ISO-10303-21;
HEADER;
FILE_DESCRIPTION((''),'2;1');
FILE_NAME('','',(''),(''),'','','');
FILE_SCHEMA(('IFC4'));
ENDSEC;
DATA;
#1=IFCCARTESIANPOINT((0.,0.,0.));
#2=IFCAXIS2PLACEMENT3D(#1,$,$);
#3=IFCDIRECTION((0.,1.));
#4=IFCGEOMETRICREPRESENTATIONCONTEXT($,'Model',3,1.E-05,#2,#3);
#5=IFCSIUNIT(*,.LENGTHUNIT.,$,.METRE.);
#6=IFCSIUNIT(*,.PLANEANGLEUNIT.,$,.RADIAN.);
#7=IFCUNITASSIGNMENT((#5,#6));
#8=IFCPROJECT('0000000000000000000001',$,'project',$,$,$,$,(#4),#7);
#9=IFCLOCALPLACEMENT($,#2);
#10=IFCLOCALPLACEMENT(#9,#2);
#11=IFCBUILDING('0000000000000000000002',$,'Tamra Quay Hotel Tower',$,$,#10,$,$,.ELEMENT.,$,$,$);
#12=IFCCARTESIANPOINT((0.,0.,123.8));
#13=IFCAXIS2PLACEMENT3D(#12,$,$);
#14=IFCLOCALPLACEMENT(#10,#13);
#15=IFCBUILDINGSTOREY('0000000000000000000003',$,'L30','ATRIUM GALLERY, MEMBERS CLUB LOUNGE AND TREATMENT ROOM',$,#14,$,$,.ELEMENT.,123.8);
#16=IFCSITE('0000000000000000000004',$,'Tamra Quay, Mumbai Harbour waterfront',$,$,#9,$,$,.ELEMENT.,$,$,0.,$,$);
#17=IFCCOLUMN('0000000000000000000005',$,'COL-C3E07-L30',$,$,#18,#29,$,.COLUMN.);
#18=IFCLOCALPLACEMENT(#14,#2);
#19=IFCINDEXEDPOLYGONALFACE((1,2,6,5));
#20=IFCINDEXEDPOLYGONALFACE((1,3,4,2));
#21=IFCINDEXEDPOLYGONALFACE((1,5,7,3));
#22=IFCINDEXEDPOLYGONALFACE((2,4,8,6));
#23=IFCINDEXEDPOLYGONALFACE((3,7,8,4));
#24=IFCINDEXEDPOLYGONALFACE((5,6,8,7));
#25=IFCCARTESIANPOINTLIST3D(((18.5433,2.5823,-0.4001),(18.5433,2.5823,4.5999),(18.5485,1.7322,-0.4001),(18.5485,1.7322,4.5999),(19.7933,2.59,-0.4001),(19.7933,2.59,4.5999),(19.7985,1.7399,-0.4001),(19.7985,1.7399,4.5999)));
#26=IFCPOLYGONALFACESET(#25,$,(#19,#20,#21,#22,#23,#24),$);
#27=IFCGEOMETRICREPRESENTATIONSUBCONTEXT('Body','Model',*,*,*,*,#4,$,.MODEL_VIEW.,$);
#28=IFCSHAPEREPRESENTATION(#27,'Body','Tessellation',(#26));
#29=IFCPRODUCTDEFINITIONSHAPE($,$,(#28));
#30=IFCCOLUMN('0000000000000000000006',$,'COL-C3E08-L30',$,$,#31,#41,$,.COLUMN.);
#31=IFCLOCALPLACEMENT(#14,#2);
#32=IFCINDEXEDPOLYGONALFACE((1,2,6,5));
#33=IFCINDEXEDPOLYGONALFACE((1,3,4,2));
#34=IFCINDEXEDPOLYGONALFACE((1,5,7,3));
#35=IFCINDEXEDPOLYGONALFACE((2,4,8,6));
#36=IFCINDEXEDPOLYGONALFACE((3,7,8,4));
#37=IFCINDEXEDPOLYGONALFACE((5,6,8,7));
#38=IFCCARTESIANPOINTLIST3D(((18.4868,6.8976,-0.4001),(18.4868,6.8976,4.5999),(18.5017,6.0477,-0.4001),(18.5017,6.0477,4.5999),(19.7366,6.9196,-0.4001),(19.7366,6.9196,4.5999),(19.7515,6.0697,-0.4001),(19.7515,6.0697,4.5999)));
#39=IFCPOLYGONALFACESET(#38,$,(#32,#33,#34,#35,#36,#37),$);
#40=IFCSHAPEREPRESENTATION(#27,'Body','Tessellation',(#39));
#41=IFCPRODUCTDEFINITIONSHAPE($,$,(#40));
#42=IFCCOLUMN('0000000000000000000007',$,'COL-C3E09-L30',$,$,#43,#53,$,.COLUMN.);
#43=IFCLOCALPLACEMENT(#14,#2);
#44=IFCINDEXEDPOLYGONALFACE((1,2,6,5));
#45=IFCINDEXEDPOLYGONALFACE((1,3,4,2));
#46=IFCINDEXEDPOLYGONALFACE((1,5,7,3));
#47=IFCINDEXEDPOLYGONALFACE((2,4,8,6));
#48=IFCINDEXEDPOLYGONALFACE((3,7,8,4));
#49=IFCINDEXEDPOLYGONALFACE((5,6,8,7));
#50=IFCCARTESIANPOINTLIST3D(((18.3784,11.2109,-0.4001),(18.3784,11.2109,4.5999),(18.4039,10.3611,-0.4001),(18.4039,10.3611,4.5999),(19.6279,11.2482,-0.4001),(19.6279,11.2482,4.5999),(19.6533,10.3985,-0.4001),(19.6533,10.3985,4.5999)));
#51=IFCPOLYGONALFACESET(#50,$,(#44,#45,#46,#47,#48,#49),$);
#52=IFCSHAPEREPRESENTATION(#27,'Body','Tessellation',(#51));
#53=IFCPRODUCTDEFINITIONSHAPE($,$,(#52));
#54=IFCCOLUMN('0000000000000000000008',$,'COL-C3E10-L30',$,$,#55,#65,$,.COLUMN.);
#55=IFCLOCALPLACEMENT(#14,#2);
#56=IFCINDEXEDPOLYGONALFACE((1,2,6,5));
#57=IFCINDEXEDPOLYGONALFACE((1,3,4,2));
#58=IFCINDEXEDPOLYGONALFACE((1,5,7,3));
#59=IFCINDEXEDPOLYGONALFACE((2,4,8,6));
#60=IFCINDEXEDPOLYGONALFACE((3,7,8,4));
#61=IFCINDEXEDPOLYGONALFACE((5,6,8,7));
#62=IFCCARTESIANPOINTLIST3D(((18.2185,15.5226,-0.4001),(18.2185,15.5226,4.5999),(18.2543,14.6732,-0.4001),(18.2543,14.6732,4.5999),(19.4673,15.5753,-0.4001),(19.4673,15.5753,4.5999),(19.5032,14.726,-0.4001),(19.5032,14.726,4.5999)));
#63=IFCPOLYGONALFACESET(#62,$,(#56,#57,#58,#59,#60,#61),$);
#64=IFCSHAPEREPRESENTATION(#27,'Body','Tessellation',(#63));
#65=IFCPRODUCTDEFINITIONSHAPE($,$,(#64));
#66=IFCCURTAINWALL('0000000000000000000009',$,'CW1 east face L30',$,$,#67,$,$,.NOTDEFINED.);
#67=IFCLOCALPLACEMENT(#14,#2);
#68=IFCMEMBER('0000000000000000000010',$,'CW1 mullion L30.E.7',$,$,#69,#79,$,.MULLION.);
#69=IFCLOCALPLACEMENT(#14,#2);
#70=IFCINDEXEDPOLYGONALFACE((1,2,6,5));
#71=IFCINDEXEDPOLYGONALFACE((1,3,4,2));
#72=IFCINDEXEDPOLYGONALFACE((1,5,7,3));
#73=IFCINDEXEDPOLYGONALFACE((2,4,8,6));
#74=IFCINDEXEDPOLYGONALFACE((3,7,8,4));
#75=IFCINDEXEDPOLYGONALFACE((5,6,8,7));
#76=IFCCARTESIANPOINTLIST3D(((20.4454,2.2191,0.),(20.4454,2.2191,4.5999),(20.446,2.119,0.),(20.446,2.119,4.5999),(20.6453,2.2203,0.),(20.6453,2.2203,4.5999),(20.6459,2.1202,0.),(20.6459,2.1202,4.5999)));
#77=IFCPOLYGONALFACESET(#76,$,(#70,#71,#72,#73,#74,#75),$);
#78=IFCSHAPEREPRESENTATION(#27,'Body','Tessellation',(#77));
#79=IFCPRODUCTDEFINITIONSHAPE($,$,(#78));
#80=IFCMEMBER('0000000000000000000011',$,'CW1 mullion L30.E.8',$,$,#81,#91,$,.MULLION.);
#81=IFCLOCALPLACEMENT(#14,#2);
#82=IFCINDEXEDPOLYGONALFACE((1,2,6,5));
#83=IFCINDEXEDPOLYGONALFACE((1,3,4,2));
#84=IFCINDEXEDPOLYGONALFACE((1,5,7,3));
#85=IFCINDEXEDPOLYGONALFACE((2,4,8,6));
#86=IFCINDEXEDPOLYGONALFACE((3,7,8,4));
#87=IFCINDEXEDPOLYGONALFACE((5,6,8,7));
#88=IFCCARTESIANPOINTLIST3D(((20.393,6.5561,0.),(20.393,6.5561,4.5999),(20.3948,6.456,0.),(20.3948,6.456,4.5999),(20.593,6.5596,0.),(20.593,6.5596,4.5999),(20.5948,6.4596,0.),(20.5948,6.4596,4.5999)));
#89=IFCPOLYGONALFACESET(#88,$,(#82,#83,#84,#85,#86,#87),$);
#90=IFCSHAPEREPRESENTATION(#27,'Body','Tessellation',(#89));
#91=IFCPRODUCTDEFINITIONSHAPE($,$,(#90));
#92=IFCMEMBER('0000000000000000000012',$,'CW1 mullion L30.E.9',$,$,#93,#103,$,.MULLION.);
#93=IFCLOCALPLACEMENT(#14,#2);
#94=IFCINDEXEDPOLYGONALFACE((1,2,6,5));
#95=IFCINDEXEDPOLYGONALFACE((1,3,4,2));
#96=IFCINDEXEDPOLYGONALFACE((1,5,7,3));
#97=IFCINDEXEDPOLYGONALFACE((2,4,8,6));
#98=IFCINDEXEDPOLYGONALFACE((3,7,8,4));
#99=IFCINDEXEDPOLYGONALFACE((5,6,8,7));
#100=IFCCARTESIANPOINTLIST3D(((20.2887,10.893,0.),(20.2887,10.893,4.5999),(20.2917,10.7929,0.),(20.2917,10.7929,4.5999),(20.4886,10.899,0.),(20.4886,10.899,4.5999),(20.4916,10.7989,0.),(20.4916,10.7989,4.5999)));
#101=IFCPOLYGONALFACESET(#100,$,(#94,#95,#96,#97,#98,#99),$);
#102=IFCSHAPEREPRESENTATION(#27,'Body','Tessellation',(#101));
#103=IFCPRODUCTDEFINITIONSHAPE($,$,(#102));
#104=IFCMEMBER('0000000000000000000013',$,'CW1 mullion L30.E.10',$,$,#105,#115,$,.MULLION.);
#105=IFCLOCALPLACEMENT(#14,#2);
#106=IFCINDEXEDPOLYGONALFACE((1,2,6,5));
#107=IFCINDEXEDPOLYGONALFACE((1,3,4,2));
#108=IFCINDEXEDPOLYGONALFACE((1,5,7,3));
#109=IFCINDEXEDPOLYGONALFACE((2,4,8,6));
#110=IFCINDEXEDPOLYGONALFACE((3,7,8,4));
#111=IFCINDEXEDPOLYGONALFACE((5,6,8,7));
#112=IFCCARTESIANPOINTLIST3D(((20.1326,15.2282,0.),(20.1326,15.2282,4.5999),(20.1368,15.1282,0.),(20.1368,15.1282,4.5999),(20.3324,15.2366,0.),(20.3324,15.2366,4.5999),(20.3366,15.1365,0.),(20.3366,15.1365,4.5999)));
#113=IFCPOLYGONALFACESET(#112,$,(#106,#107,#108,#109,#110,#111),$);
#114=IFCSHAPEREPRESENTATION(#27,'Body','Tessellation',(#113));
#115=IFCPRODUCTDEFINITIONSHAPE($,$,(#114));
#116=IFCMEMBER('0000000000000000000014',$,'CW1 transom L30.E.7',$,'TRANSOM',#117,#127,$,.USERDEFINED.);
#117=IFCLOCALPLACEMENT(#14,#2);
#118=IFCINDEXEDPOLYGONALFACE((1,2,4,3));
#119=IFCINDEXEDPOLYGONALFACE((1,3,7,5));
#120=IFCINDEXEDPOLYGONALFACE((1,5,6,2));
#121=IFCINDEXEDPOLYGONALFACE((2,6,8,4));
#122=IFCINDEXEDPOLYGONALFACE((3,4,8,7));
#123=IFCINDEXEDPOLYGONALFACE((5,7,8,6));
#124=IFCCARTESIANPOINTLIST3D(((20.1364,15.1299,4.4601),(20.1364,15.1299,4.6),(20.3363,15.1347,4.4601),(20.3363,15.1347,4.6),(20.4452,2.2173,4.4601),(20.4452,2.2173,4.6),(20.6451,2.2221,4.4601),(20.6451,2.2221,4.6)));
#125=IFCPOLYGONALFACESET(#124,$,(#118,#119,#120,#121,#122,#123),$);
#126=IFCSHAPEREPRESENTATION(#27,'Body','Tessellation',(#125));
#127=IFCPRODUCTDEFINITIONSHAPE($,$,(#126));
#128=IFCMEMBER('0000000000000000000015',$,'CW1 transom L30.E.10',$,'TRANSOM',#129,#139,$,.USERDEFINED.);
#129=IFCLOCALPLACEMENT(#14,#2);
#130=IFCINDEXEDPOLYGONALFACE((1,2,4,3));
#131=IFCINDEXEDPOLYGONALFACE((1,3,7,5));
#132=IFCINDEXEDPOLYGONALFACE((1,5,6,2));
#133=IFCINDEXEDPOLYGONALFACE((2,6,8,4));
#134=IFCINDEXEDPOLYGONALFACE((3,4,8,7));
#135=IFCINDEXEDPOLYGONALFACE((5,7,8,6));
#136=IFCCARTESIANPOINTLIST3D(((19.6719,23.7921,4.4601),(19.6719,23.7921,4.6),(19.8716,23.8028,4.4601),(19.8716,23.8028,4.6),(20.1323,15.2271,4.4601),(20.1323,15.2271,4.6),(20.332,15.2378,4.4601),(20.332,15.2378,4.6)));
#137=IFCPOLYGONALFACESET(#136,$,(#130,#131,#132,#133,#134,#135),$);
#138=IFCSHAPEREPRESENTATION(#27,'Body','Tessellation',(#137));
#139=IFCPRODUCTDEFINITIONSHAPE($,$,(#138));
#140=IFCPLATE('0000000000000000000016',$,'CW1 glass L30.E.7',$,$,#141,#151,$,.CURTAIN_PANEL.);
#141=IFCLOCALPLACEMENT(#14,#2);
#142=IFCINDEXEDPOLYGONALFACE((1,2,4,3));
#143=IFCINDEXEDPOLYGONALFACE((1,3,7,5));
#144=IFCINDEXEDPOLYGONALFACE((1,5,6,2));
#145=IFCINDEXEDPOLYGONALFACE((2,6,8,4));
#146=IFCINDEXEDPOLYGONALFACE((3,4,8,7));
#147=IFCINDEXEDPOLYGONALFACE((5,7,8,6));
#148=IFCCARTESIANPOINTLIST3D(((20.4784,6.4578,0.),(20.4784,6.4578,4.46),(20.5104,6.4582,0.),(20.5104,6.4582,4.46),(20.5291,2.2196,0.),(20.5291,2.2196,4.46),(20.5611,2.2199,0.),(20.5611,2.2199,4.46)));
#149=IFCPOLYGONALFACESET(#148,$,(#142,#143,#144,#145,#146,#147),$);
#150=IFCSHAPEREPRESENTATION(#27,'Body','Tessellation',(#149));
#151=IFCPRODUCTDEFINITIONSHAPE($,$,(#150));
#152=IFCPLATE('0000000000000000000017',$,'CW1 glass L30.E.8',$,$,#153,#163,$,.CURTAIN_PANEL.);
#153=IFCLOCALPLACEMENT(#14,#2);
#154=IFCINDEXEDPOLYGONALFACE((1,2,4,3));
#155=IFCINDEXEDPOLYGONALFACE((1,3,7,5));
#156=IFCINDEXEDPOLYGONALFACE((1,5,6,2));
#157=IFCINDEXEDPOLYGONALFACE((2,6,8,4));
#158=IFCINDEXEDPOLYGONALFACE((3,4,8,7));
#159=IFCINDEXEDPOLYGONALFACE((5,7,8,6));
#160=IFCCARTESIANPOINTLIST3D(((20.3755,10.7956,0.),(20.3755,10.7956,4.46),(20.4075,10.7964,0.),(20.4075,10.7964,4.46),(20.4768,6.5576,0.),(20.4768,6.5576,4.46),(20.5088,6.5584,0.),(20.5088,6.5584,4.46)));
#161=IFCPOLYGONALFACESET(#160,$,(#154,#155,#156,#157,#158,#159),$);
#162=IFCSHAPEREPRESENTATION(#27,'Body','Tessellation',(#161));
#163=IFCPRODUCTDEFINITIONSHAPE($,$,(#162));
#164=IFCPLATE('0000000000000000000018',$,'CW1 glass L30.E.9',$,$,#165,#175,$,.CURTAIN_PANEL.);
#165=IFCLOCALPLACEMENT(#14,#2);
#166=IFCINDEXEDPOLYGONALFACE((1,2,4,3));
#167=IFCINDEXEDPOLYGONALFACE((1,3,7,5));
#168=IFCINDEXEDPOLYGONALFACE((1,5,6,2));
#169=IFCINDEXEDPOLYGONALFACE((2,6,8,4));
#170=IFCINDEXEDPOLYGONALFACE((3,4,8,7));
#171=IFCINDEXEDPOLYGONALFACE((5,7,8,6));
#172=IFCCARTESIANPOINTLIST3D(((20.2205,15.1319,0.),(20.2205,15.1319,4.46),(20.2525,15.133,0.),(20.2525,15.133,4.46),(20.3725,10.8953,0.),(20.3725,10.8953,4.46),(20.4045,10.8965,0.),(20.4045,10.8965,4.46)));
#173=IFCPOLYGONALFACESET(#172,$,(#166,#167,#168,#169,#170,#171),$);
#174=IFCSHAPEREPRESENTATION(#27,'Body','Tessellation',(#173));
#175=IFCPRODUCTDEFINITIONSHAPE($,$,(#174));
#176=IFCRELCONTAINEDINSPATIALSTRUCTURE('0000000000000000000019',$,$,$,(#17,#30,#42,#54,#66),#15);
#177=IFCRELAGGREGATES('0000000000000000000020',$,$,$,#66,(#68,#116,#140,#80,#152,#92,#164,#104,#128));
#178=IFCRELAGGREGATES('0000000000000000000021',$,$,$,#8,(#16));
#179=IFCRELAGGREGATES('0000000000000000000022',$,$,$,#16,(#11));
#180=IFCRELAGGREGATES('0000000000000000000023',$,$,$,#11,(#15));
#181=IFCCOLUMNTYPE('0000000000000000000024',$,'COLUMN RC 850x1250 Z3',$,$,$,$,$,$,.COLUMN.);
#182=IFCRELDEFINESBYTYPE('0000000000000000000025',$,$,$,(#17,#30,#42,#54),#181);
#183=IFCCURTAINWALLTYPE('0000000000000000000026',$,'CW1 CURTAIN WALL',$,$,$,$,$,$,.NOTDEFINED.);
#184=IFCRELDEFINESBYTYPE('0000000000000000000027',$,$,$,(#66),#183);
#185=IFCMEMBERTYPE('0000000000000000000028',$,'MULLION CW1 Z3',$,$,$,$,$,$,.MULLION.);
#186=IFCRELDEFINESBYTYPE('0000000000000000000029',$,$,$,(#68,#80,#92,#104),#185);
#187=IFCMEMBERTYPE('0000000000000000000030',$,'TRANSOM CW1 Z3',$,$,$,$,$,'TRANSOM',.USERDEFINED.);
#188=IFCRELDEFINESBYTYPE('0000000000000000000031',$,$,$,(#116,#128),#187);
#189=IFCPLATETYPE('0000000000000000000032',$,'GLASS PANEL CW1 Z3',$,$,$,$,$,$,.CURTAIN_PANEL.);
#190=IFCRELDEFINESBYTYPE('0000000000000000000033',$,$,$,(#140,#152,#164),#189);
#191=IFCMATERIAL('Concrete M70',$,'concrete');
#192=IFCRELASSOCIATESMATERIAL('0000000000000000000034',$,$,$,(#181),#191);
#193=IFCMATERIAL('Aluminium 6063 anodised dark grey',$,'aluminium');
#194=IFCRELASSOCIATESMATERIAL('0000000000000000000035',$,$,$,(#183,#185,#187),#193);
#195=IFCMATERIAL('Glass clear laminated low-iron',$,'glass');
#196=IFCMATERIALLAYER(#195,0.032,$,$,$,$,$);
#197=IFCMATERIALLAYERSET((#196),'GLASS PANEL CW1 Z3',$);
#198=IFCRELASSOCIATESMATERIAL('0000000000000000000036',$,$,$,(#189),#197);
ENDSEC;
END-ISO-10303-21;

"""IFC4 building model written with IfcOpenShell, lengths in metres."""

from ifc_helpers import new_model, si_unit, direction, frame, origin, origin_2d, place, context, subcontext, project, spatial, rectangle, extrude, material, layer, layer_set, material_profile, profile_set, type_object, element, aggregate, save


model = new_model("IFC4")

# Units and contexts
model_context = context("Model", 3, precision=1e-05, world=origin(), true_north=direction((0.0, 1.0)))
body_context = subcontext(model_context, "Body", "Model", "MODEL_VIEW")
ifc_project = project(units=[si_unit("LENGTHUNIT", "METRE"), si_unit("PLANEANGLEUNIT", "RADIAN")], contexts=[model_context])

# Site, building, storey
site_placement = place(None, origin())
site = spatial("IfcSite", under=ifc_project, at=site_placement, Name="Tamra Quay, Mumbai Harbour waterfront", CompositionType="ELEMENT", RefElevation=0.0)
building_placement = place(site_placement, origin())
building = spatial("IfcBuilding", under=site, at=building_placement, Name="Tamra Quay Hotel Tower", CompositionType="ELEMENT")
storey_placement = place(building_placement, frame((0.0, 0.0, 123.8)))
storey = spatial("IfcBuildingStorey", under=building, at=storey_placement, Name="L30", Description="ATRIUM GALLERY, MEMBERS CLUB LOUNGE AND TREATMENT ROOM", CompositionType="ELEMENT", Elevation=123.8)

# Columns
ifc_material_1 = material(Name="Concrete M70", Category="concrete")
ifc_material_profile_1 = material_profile(ifc_material_1, rectangle(XDim=1.25, YDim=0.8501, at=origin_2d()), Name="COLUMN RC 850x1250 Z3")
ifc_profile_set_1 = profile_set([ifc_material_profile_1], Name="Concrete M70")
column_type = type_object("IfcColumnType", Name="COLUMN RC 850x1250 Z3", PredefinedType="COLUMN", material=ifc_profile_set_1)
for number, where, z_axis, x_axis, name in (
    (1, (19.1709, 2.1611, -0.4001), (0.0, 0.0, 1.0), (0.999981, 0.006159, 0.0), "COL-C3E07-L30"),
    (2, (19.1191, 6.4836, -0.4001), (0.0, 0.0, 1.0), (0.999845, 0.017597, 0.0), "COL-C3E08-L30"),
    (3, (19.0159, 10.8047, -0.4001), (0.0, 0.0, 1.0), (0.999553, 0.029907, 0.0), "COL-C3E09-L30"),
    (4, (18.8608, 15.1243, -0.4001), (0.0, 0.0, 1.0), (0.999109, 0.042202, 0.0), "COL-C3E10-L30"),
):
    element("IfcColumn", number, at=place(storey_placement, frame(where, z_axis=z_axis, x_axis=x_axis)), inside=storey, type_object=column_type, Name=name, PredefinedType="COLUMN", context=body_context, shape_type="SweptSolid", body=[
        extrude(rectangle(XDim=1.25, YDim=0.8501, at=origin_2d()), origin(), (0.0, 0.0, 1.0), 5.0),
    ])

# Curtain wall, members, plates
ifc_material_2 = material(Name="Aluminium 6063 anodised dark grey", Category="aluminium")
curtain_wall_type = type_object("IfcCurtainWallType", Name="CW1 CURTAIN WALL", PredefinedType="NOTDEFINED", material=ifc_material_2)
curtain_wall_placement = place(storey_placement, origin())
curtain_wall = element("IfcCurtainWall", 5, at=curtain_wall_placement, inside=storey, type_object=curtain_wall_type, Name="CW1 east face L30", PredefinedType="NOTDEFINED")
ifc_material_profile_2 = material_profile(ifc_material_2, rectangle(XDim=0.2, YDim=0.1001, at=origin_2d()), Name="MULLION 100X200")
ifc_profile_set_2 = profile_set([ifc_material_profile_2], Name="Aluminium 6063 anodised dark grey")
member_type_1 = type_object("IfcMemberType", Name="MULLION CW1 Z3", PredefinedType="MULLION", material=ifc_profile_set_2)
member_1_placement = place(storey_placement, frame((20.5457, 2.1697, 0.0), z_axis=(0.0, 0.0, 1.0), x_axis=(0.999982, 0.005979, 0.0)))
member_1 = element("IfcMember", 6, at=member_1_placement, type_object=member_type_1, Name="CW1 mullion L30.E.7", PredefinedType="MULLION", context=body_context, shape_type="SweptSolid", body=[
    extrude(rectangle(XDim=0.2, YDim=0.1001, at=origin_2d()), origin(), (0.0, 0.0, 1.0), 4.5999),
])
member_2_placement = place(storey_placement, frame((20.4939, 6.5078, 0.0), z_axis=(0.0, 0.0, 1.0), x_axis=(0.999839, 0.017927, 0.0)))
member_2 = element("IfcMember", 7, at=member_2_placement, type_object=member_type_1, Name="CW1 mullion L30.E.8", PredefinedType="MULLION", context=body_context, shape_type="SweptSolid", body=[
    extrude(rectangle(XDim=0.2, YDim=0.1001, at=origin_2d()), origin(), (0.0, 0.0, 1.0), 4.5999),
])
member_3_placement = place(storey_placement, frame((20.3901, 10.8459, 0.0), z_axis=(0.0, 0.0, 1.0), x_axis=(0.999554, 0.029871, 0.0)))
member_3 = element("IfcMember", 8, at=member_3_placement, type_object=member_type_1, Name="CW1 mullion L30.E.9", PredefinedType="MULLION", context=body_context, shape_type="SweptSolid", body=[
    extrude(rectangle(XDim=0.2, YDim=0.1001, at=origin_2d()), origin(), (0.0, 0.0, 1.0), 4.5999),
])
member_4_placement = place(storey_placement, frame((20.2346, 15.1824, 0.0), z_axis=(0.0, 0.0, 1.0), x_axis=(0.999126, 0.041797, 0.0)))
member_4 = element("IfcMember", 9, at=member_4_placement, type_object=member_type_1, Name="CW1 mullion L30.E.10", PredefinedType="MULLION", context=body_context, shape_type="SweptSolid", body=[
    extrude(rectangle(XDim=0.2, YDim=0.1001, at=origin_2d()), origin(), (0.0, 0.0, 1.0), 4.5999),
])
ifc_material_profile_3 = material_profile(ifc_material_2, rectangle(XDim=0.2, YDim=0.1399, at=origin_2d()), Name="TRANSOM 200X140")
ifc_profile_set_3 = profile_set([ifc_material_profile_3], Name="Aluminium 6063 anodised dark grey")
member_type_2 = type_object("IfcMemberType", Name="TRANSOM CW1 Z3", ElementType="TRANSOM", PredefinedType="USERDEFINED", material=ifc_profile_set_3)
member_5_placement = place(storey_placement, frame((20.5452, 2.2197, 4.53), z_axis=(-0.023911, 0.999714, 0.0), x_axis=(-0.999714, -0.023911, 0.0)))
member_5 = element("IfcMember", 10, at=member_5_placement, type_object=member_type_2, Name="CW1 transom L30.E.7", ObjectType="TRANSOM", PredefinedType="USERDEFINED", context=body_context, shape_type="SweptSolid", body=[
    extrude(rectangle(XDim=0.2, YDim=0.1399, at=origin_2d()), origin(), (0.0, 0.0, 1.0), 12.9163),
])
member_6_placement = place(storey_placement, frame((20.2322, 15.2324, 4.53), z_axis=(-0.053682, 0.998558, 0.0), x_axis=(-0.998558, -0.053682, 0.0)))
member_6 = element("IfcMember", 11, at=member_6_placement, type_object=member_type_2, Name="CW1 transom L30.E.10", ObjectType="TRANSOM", PredefinedType="USERDEFINED", context=body_context, shape_type="SweptSolid", body=[
    extrude(rectangle(XDim=0.2, YDim=0.1399, at=origin_2d()), origin(), (0.0, 0.0, 1.0), 8.5774),
])
ifc_material_3 = material(Name="Glass clear laminated low-iron", Category="glass")
ifc_layer_1 = layer(ifc_material_3, 0.032)
ifc_layer_set_1 = layer_set([ifc_layer_1], Name="GLASS PANEL CW1 Z3")
plate_type = type_object("IfcPlateType", Name="GLASS PANEL CW1 Z3", PredefinedType="CURTAIN_PANEL", material=ifc_layer_set_1)
plate_1_placement = place(storey_placement, frame((20.5198, 4.3389, 0.0), z_axis=(0.0, 0.0, 1.0), x_axis=(-0.011957, 0.999929, 0.0)))
plate_1 = element("IfcPlate", 12, at=plate_1_placement, type_object=plate_type, Name="CW1 glass L30.E.7", PredefinedType="CURTAIN_PANEL", context=body_context, shape_type="SweptSolid", body=[
    extrude(rectangle(XDim=4.2385, YDim=0.032, at=origin_2d()), origin(), (0.0, 0.0, 1.0), 4.46),
])
plate_2_placement = place(storey_placement, frame((20.4421, 8.677, 0.0), z_axis=(0.0, 0.0, 1.0), x_axis=(-0.023896, 0.999714, 0.0)))
plate_2 = element("IfcPlate", 13, at=plate_2_placement, type_object=plate_type, Name="CW1 glass L30.E.8", PredefinedType="CURTAIN_PANEL", context=body_context, shape_type="SweptSolid", body=[
    extrude(rectangle(XDim=4.2393, YDim=0.032, at=origin_2d()), origin(), (0.0, 0.0, 1.0), 4.46),
])
plate_3_placement = place(storey_placement, frame((20.3125, 13.0142, 0.0), z_axis=(0.0, 0.0, 1.0), x_axis=(-0.035845, 0.999357, 0.0)))
plate_3 = element("IfcPlate", 14, at=plate_3_placement, type_object=plate_type, Name="CW1 glass L30.E.9", PredefinedType="CURTAIN_PANEL", context=body_context, shape_type="SweptSolid", body=[
    extrude(rectangle(XDim=4.2393, YDim=0.032, at=origin_2d()), origin(), (0.0, 0.0, 1.0), 4.46),
])
aggregate(curtain_wall, [member_1, member_5, plate_1, member_2, plate_2, member_3, plate_3, member_4, member_6])

save(model, "model.ifc")
